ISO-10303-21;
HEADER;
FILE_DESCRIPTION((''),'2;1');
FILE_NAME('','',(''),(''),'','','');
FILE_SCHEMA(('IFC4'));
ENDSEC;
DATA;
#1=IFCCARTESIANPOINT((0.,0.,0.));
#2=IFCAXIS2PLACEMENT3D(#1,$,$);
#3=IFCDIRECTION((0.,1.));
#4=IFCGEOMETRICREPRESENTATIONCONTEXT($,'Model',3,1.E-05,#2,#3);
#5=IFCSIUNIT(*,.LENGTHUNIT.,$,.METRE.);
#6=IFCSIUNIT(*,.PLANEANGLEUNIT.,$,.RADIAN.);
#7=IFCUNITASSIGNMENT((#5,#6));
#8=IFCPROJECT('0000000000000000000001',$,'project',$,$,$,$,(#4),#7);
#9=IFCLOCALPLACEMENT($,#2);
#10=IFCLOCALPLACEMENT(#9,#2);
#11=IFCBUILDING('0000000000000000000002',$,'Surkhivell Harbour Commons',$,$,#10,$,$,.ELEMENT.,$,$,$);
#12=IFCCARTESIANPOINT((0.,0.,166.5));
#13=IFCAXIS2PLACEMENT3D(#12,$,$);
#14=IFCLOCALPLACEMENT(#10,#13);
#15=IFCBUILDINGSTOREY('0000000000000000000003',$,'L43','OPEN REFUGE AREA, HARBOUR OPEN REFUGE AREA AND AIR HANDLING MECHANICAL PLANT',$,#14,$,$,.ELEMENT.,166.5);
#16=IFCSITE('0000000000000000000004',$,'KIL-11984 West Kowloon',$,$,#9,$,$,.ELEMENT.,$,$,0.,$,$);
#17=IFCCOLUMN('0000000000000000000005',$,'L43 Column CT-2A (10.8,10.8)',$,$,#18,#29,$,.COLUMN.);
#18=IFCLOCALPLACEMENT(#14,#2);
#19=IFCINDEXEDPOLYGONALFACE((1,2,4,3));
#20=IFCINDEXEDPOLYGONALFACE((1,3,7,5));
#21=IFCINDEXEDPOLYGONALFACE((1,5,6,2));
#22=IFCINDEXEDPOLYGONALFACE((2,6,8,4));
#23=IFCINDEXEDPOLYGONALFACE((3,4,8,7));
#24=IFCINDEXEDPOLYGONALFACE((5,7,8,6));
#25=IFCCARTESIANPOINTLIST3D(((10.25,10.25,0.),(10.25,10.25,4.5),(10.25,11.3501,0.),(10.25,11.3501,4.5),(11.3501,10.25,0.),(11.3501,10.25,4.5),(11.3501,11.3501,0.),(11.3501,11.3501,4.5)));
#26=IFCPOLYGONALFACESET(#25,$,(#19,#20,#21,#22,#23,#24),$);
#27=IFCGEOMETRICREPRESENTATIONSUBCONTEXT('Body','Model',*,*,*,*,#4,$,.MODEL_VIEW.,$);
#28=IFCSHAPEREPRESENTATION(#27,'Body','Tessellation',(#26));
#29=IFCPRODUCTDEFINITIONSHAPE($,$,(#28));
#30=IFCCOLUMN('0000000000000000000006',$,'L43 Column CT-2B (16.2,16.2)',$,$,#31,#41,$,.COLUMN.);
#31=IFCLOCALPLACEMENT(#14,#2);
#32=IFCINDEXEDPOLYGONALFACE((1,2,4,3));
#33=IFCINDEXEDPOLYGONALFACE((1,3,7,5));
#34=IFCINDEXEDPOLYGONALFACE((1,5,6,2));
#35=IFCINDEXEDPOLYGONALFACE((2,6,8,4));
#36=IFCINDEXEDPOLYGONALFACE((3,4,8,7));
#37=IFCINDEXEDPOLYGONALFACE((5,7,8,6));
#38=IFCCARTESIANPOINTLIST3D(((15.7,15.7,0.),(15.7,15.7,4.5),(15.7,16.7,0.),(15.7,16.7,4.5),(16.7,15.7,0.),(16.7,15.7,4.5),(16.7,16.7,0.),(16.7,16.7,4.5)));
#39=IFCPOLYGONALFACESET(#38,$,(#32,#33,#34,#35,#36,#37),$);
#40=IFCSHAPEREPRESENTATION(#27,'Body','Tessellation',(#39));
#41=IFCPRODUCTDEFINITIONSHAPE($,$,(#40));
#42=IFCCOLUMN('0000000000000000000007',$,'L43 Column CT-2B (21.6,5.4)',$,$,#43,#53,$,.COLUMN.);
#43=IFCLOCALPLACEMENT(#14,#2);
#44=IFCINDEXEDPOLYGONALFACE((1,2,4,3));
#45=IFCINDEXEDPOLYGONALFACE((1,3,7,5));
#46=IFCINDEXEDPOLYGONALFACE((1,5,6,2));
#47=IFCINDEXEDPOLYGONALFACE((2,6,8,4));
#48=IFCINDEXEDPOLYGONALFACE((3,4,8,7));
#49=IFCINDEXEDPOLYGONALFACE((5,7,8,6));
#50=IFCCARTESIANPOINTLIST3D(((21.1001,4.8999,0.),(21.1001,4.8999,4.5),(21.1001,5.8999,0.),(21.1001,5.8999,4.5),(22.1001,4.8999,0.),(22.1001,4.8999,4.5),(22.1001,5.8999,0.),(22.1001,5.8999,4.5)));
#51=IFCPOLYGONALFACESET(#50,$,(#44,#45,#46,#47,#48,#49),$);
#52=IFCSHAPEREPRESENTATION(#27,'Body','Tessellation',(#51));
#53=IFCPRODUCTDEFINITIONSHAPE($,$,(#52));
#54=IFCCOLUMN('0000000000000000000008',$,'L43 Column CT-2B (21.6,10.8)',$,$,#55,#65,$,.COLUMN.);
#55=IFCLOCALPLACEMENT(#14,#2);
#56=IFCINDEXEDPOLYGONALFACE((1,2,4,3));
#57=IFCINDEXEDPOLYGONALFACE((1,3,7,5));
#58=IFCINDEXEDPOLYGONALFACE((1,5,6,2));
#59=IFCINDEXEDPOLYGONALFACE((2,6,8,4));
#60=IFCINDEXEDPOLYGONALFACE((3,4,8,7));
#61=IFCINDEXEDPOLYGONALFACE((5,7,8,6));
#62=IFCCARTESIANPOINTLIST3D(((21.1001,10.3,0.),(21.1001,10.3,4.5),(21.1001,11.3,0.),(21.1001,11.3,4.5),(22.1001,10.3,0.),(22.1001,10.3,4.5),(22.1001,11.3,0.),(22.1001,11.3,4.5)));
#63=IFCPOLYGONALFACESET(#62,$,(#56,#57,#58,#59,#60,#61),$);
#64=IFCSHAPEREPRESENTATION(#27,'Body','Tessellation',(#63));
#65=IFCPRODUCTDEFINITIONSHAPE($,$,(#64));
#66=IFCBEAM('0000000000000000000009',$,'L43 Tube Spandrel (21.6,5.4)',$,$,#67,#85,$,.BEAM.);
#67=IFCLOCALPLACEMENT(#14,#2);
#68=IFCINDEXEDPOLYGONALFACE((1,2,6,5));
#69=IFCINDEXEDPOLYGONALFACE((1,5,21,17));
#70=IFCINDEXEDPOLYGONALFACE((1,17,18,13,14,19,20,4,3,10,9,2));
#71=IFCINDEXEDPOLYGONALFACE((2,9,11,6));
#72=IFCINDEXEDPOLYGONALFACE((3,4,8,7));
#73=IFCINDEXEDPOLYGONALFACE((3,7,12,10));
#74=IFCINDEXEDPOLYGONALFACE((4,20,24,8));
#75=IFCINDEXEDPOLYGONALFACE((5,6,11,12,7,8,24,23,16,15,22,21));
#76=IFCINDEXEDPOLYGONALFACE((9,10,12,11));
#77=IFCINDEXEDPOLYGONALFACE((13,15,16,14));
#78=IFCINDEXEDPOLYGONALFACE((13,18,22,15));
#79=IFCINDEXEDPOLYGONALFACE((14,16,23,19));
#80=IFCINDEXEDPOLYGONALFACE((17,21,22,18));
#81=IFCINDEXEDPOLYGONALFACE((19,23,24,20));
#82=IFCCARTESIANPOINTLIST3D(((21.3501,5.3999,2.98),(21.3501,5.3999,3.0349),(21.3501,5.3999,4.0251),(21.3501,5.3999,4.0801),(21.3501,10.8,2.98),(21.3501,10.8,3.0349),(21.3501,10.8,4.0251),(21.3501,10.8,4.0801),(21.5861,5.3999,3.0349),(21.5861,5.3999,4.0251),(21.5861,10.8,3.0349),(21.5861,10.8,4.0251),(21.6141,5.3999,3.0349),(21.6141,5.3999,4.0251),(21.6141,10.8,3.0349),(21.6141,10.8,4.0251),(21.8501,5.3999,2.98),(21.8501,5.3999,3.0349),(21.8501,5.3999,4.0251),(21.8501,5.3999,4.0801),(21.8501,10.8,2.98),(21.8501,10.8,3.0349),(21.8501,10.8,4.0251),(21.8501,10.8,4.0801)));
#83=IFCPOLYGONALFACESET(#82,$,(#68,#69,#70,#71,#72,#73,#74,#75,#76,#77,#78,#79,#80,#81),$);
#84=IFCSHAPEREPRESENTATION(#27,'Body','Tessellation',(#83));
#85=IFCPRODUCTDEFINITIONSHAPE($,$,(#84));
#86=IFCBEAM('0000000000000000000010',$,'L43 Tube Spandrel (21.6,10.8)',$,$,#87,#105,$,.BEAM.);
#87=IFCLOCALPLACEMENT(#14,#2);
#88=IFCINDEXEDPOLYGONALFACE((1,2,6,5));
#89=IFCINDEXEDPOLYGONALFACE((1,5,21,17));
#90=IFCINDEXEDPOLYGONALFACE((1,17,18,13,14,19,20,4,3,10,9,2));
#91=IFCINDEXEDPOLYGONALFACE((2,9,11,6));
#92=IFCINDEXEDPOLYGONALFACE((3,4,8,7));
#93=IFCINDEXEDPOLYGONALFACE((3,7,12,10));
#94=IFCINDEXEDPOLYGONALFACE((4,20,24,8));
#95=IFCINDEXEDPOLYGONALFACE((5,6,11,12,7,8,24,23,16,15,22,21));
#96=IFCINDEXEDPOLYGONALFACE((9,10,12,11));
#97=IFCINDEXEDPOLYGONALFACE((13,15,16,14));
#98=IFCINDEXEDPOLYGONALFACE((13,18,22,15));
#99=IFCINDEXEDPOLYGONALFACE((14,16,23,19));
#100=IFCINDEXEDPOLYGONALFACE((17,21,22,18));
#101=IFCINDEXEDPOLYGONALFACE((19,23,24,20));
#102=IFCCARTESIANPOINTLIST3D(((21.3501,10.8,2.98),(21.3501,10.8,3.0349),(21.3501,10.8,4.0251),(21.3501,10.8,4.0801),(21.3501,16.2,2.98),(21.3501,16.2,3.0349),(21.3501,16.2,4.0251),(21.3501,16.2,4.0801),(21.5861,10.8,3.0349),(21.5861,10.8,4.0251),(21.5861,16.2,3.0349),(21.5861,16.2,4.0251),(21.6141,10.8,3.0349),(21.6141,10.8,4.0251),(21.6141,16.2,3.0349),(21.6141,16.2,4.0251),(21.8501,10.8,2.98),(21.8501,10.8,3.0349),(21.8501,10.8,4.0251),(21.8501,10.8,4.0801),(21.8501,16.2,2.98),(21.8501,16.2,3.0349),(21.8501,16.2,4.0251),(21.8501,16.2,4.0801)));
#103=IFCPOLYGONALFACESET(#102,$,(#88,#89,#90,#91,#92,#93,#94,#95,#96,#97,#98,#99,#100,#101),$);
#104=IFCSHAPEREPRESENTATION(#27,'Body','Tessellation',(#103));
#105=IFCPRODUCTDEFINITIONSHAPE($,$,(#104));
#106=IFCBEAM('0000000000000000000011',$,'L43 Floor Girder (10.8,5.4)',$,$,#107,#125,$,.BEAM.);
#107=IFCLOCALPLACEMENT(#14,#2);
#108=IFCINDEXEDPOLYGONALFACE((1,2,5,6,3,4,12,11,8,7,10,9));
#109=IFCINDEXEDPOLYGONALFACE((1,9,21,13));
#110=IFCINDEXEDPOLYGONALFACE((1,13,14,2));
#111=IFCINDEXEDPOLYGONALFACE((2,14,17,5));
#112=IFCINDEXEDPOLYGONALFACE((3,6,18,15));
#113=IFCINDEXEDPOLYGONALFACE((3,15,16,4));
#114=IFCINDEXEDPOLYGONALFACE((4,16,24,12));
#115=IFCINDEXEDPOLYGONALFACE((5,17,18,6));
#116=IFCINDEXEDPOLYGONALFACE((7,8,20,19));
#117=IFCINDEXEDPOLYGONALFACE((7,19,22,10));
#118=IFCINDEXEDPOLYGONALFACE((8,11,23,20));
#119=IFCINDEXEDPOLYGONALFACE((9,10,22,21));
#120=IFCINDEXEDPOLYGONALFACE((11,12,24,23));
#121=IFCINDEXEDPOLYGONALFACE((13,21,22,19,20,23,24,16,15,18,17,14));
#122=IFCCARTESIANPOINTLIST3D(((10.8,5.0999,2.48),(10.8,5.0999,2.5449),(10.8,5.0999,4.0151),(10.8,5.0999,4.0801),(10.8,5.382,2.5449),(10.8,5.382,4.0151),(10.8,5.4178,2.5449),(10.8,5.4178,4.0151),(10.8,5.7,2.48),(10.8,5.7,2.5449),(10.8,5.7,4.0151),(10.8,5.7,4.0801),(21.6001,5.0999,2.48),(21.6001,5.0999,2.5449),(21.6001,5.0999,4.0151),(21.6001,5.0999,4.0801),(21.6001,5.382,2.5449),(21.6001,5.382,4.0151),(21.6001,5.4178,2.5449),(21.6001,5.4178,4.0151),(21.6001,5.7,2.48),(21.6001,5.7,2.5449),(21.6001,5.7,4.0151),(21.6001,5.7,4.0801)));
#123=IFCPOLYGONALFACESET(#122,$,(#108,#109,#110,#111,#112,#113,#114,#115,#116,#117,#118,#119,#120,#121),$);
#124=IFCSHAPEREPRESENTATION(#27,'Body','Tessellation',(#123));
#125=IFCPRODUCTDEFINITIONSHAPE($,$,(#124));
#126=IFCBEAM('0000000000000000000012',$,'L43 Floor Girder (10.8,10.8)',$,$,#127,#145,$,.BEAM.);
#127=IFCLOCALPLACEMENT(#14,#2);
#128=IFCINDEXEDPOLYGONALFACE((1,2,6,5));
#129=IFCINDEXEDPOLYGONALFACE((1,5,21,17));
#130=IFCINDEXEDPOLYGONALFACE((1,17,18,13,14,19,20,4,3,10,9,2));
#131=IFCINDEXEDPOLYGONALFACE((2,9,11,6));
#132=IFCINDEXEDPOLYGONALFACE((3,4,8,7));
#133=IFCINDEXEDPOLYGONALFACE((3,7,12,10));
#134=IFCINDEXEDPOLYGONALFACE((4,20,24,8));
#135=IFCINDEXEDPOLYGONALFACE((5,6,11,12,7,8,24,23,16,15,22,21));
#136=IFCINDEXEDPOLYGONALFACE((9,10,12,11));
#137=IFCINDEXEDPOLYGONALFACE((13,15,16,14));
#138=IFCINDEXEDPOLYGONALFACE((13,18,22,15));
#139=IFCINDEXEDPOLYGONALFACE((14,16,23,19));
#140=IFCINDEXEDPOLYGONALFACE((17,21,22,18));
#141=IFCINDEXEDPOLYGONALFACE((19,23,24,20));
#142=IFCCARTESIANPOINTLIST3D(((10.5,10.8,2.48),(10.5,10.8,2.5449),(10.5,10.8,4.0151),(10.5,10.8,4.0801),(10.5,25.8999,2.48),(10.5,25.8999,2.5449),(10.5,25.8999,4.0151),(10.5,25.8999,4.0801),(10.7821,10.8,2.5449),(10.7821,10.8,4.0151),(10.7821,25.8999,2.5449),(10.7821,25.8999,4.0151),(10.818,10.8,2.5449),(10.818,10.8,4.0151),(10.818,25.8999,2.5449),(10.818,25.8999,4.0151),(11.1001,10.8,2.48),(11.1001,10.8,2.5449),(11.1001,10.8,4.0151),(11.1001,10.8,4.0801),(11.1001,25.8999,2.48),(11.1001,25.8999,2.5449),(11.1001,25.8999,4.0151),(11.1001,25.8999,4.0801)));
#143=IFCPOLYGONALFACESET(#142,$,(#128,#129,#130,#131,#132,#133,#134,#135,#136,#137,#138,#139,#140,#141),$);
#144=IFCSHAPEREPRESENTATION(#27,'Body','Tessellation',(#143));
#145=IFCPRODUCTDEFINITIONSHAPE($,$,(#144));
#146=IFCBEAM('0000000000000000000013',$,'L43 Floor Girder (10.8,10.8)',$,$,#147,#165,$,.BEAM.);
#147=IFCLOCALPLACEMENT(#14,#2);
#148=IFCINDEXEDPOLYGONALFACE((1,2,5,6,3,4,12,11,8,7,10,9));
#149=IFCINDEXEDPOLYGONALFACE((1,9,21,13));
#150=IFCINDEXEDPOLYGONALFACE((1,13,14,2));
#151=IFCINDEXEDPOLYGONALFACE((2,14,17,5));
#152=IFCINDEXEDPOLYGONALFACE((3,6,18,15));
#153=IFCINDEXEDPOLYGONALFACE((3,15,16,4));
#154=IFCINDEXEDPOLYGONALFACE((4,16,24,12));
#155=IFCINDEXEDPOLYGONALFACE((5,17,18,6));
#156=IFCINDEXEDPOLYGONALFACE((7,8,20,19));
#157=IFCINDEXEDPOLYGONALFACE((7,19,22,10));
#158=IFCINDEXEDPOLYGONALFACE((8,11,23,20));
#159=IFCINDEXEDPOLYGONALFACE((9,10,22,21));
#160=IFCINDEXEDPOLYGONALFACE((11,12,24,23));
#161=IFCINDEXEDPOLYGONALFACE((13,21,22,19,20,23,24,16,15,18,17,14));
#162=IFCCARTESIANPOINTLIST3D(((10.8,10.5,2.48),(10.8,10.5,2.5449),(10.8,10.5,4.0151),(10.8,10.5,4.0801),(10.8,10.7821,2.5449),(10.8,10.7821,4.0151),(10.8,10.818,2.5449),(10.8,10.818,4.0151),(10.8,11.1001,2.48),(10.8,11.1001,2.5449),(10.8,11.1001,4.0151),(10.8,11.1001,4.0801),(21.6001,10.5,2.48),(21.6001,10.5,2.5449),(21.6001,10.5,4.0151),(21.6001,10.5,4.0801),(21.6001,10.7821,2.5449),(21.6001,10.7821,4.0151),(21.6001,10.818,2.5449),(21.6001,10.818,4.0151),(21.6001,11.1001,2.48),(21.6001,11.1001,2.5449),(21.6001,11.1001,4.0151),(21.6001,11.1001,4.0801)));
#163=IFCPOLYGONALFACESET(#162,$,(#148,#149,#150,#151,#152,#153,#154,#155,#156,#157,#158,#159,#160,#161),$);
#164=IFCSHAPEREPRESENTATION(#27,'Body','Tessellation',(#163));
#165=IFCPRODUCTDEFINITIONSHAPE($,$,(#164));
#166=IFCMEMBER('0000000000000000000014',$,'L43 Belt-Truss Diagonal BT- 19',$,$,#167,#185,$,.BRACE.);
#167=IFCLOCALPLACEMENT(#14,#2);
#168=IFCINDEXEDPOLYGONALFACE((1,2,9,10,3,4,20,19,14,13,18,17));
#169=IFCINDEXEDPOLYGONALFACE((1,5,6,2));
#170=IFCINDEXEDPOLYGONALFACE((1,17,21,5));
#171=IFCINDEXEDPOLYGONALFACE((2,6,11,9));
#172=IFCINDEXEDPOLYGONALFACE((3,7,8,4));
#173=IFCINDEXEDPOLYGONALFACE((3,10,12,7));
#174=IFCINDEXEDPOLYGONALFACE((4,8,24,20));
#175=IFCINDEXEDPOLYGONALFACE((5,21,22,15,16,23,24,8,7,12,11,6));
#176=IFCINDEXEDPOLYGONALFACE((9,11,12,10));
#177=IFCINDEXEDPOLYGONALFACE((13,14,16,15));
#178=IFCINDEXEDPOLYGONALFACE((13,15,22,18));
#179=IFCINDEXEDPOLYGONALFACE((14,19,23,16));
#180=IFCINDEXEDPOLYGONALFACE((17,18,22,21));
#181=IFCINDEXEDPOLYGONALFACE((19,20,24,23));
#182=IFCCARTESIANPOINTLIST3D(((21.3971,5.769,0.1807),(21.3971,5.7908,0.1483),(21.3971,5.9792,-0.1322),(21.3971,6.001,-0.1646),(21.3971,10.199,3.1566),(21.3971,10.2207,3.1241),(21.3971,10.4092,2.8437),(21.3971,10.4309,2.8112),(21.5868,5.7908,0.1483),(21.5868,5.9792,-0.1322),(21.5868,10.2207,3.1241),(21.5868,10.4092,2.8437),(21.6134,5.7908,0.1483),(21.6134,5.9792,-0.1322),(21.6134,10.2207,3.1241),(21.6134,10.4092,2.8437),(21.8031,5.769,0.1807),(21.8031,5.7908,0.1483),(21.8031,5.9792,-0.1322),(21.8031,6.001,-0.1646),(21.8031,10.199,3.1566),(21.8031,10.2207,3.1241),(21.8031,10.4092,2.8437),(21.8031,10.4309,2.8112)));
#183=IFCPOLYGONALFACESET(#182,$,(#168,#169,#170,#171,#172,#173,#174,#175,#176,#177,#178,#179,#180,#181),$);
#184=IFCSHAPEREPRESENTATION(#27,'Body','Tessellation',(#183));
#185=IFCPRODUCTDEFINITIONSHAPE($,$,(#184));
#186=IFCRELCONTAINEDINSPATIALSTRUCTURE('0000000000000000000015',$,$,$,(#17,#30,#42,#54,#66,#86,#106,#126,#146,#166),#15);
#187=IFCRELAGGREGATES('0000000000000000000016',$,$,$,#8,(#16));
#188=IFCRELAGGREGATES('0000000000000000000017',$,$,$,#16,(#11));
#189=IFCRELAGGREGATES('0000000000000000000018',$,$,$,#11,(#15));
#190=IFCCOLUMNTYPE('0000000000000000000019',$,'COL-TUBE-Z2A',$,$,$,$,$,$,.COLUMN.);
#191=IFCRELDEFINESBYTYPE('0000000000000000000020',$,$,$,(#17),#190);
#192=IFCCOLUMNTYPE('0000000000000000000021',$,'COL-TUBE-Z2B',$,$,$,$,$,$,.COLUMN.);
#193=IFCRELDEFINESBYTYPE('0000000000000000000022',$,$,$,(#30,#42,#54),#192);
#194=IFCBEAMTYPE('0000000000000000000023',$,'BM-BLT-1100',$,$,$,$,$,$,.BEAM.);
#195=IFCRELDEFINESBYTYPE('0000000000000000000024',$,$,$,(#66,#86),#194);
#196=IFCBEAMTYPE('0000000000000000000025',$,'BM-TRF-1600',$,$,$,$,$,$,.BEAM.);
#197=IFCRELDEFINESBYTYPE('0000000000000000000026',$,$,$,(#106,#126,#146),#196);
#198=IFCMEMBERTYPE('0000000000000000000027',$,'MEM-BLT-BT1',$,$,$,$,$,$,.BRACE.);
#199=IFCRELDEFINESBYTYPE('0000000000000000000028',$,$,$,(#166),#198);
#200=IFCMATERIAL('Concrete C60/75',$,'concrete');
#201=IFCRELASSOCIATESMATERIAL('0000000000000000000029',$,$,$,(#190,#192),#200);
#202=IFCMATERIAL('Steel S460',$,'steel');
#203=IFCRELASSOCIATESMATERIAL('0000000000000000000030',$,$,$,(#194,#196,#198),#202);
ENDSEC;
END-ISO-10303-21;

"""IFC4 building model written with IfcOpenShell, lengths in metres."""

from ifc_helpers import new_model, si_unit, direction, frame, origin, origin_2d, place, context, subcontext, project, spatial, rectangle, i_section, extrude, material, material_profile, profile_set, type_object, element, save


model = new_model("IFC4")

# Units and contexts
model_context = context("Model", 3, precision=1e-05, world=origin(), true_north=direction((0.0, 1.0)))
body_context = subcontext(model_context, "Body", "Model", "MODEL_VIEW")
ifc_project = project(units=[si_unit("LENGTHUNIT", "METRE"), si_unit("PLANEANGLEUNIT", "RADIAN")], contexts=[model_context])

# Site, building, storey
site_placement = place(None, origin())
site = spatial("IfcSite", under=ifc_project, at=site_placement, Name="KIL-11984 West Kowloon", CompositionType="ELEMENT", RefElevation=0.0)
building_placement = place(site_placement, origin())
building = spatial("IfcBuilding", under=site, at=building_placement, Name="Surkhivell Harbour Commons", CompositionType="ELEMENT")
storey_placement = place(building_placement, frame((0.0, 0.0, 166.5)))
storey = spatial("IfcBuildingStorey", under=building, at=storey_placement, Name="L43", Description="OPEN REFUGE AREA, HARBOUR OPEN REFUGE AREA AND AIR HANDLING MECHANICAL PLANT", CompositionType="ELEMENT", Elevation=166.5)

# Columns
ifc_material_1 = material(Name="Concrete C60/75", Category="concrete")
ifc_material_profile_1 = material_profile(ifc_material_1, rectangle(XDim=1.1001, YDim=1.1001, at=origin_2d()), Name="RC-COL-1100x1100")
ifc_profile_set_1 = profile_set([ifc_material_profile_1], Name="Concrete C60/75")
column_type_1 = type_object("IfcColumnType", Name="COL-TUBE-Z2A", PredefinedType="COLUMN", material=ifc_profile_set_1)
column_placement = place(storey_placement, frame((10.8, 10.8, 0.0), z_axis=(0.0, 0.0, 1.0), x_axis=(1.0, 0.0, 0.0)))
element("IfcColumn", 1, at=column_placement, inside=storey, type_object=column_type_1, Name="L43 Column CT-2A (10.8,10.8)", PredefinedType="COLUMN", context=body_context, shape_type="SweptSolid", body=[
    extrude(rectangle(XDim=1.1001, YDim=1.1001, at=origin_2d()), origin(), (0.0, 0.0, 1.0), 4.5),
])
ifc_material_profile_2 = material_profile(ifc_material_1, rectangle(XDim=1.0, YDim=1.0, at=origin_2d()), Name="RC-COL-1000x1000")
ifc_profile_set_2 = profile_set([ifc_material_profile_2], Name="Concrete C60/75")
column_type_2 = type_object("IfcColumnType", Name="COL-TUBE-Z2B", PredefinedType="COLUMN", material=ifc_profile_set_2)
for number, where, z_axis, x_axis, name in (
    (2, (16.2, 16.2, 0.0), (0.0, 0.0, 1.0), (1.0, 0.0, 0.0), "L43 Column CT-2B (16.2,16.2)"),
    (3, (21.6001, 5.3999, 0.0), (0.0, 0.0, 1.0), (1.0, 0.0, 0.0), "L43 Column CT-2B (21.6,5.4)"),
    (4, (21.6001, 10.8, 0.0), (0.0, 0.0, 1.0), (1.0, 0.0, 0.0), "L43 Column CT-2B (21.6,10.8)"),
):
    element("IfcColumn", number, at=place(storey_placement, frame(where, z_axis=z_axis, x_axis=x_axis)), inside=storey, type_object=column_type_2, Name=name, PredefinedType="COLUMN", context=body_context, shape_type="SweptSolid", body=[
        extrude(rectangle(XDim=1.0, YDim=1.0, at=origin_2d()), origin(), (0.0, 0.0, 1.0), 4.5),
    ])

# Beams
ifc_material_2 = material(Name="Steel S460", Category="steel")
ifc_material_profile_3 = material_profile(ifc_material_2, i_section(OverallWidth=0.5, OverallDepth=1.1001, WebThickness=0.0281, FlangeThickness=0.0549, at=origin_2d()), Name="WPG1100x500x210")
ifc_profile_set_3 = profile_set([ifc_material_profile_3], Name="Steel S460")
beam_type_1 = type_object("IfcBeamType", Name="BM-BLT-1100", PredefinedType="BEAM", material=ifc_profile_set_3)
beam_1_placement = place(storey_placement, frame((21.6001, 5.3999, 3.53), z_axis=(0.0, 1.0, 0.0), x_axis=(-1.0, 0.0, 0.0)))
element("IfcBeam", 5, at=beam_1_placement, inside=storey, type_object=beam_type_1, Name="L43 Tube Spandrel (21.6,5.4)", PredefinedType="BEAM", context=body_context, shape_type="SweptSolid", body=[
    extrude(i_section(OverallWidth=0.5, OverallDepth=1.1001, WebThickness=0.0281, FlangeThickness=0.0549, at=origin_2d()), origin(), (0.0, 0.0, 1.0), 5.4001),
])
beam_2_placement = place(storey_placement, frame((21.6001, 10.8, 3.53), z_axis=(0.0, 1.0, 0.0), x_axis=(-1.0, 0.0, 0.0)))
element("IfcBeam", 6, at=beam_2_placement, inside=storey, type_object=beam_type_1, Name="L43 Tube Spandrel (21.6,10.8)", PredefinedType="BEAM", context=body_context, shape_type="SweptSolid", body=[
    extrude(i_section(OverallWidth=0.5, OverallDepth=1.1001, WebThickness=0.0281, FlangeThickness=0.0549, at=origin_2d()), origin(), (0.0, 0.0, 1.0), 5.3999),
])
ifc_material_profile_4 = material_profile(ifc_material_2, i_section(OverallWidth=0.6001, OverallDepth=1.6001, WebThickness=0.0359, FlangeThickness=0.0649, at=origin_2d()), Name="WPG1600x600x296")
ifc_profile_set_4 = profile_set([ifc_material_profile_4], Name="Steel S460")
beam_type_2 = type_object("IfcBeamType", Name="BM-TRF-1600", PredefinedType="BEAM", material=ifc_profile_set_4)
beam_3_placement = place(storey_placement, frame((10.8, 5.3999, 3.28), z_axis=(1.0, 0.0, 0.0), x_axis=(0.0, 1.0, 0.0)))
element("IfcBeam", 7, at=beam_3_placement, inside=storey, type_object=beam_type_2, Name="L43 Floor Girder (10.8,5.4)", PredefinedType="BEAM", context=body_context, shape_type="SweptSolid", body=[
    extrude(i_section(OverallWidth=0.6001, OverallDepth=1.6001, WebThickness=0.0359, FlangeThickness=0.0649, at=origin_2d()), origin(), (0.0, 0.0, 1.0), 10.8),
])
beam_4_placement = place(storey_placement, frame((10.8, 10.8, 3.28), z_axis=(0.0, 1.0, 0.0), x_axis=(-1.0, 0.0, 0.0)))
element("IfcBeam", 8, at=beam_4_placement, inside=storey, type_object=beam_type_2, Name="L43 Floor Girder (10.8,10.8)", PredefinedType="BEAM", context=body_context, shape_type="SweptSolid", body=[
    extrude(i_section(OverallWidth=0.6001, OverallDepth=1.6001, WebThickness=0.0359, FlangeThickness=0.0649, at=origin_2d()), origin(), (0.0, 0.0, 1.0), 15.0999),
])
beam_5_placement = place(storey_placement, frame((10.8, 10.8, 3.28), z_axis=(1.0, 0.0, 0.0), x_axis=(0.0, 1.0, 0.0)))
element("IfcBeam", 9, at=beam_5_placement, inside=storey, type_object=beam_type_2, Name="L43 Floor Girder (10.8,10.8)", PredefinedType="BEAM", context=body_context, shape_type="SweptSolid", body=[
    extrude(i_section(OverallWidth=0.6001, OverallDepth=1.6001, WebThickness=0.0359, FlangeThickness=0.0649, at=origin_2d()), origin(), (0.0, 0.0, 1.0), 10.8),
])

# Member
ifc_material_profile_5 = material_profile(ifc_material_2, i_section(OverallWidth=0.406, OverallDepth=0.416, WebThickness=0.0266, FlangeThickness=0.0391, at=origin_2d()), Name="HD400x382")
ifc_profile_set_5 = profile_set([ifc_material_profile_5], Name="Steel S460")
member_type = type_object("IfcMemberType", Name="MEM-BLT-BT1", PredefinedType="BRACE", material=ifc_profile_set_5)
member_placement = place(storey_placement, frame((21.6001, 5.885, 0.0081), z_axis=(0.0, 0.830096, 0.557621), x_axis=(-1.0, 0.0, 0.0)))
element("IfcMember", 10, at=member_placement, inside=storey, type_object=member_type, Name="L43 Belt-Truss Diagonal BT- 19", PredefinedType="BRACE", context=body_context, shape_type="SweptSolid", body=[
    extrude(i_section(OverallWidth=0.406, OverallDepth=0.416, WebThickness=0.0266, FlangeThickness=0.0391, at=origin_2d()), origin(), (0.0, 0.0, 1.0), 5.3367),
])

save(model, "model.ifc")
